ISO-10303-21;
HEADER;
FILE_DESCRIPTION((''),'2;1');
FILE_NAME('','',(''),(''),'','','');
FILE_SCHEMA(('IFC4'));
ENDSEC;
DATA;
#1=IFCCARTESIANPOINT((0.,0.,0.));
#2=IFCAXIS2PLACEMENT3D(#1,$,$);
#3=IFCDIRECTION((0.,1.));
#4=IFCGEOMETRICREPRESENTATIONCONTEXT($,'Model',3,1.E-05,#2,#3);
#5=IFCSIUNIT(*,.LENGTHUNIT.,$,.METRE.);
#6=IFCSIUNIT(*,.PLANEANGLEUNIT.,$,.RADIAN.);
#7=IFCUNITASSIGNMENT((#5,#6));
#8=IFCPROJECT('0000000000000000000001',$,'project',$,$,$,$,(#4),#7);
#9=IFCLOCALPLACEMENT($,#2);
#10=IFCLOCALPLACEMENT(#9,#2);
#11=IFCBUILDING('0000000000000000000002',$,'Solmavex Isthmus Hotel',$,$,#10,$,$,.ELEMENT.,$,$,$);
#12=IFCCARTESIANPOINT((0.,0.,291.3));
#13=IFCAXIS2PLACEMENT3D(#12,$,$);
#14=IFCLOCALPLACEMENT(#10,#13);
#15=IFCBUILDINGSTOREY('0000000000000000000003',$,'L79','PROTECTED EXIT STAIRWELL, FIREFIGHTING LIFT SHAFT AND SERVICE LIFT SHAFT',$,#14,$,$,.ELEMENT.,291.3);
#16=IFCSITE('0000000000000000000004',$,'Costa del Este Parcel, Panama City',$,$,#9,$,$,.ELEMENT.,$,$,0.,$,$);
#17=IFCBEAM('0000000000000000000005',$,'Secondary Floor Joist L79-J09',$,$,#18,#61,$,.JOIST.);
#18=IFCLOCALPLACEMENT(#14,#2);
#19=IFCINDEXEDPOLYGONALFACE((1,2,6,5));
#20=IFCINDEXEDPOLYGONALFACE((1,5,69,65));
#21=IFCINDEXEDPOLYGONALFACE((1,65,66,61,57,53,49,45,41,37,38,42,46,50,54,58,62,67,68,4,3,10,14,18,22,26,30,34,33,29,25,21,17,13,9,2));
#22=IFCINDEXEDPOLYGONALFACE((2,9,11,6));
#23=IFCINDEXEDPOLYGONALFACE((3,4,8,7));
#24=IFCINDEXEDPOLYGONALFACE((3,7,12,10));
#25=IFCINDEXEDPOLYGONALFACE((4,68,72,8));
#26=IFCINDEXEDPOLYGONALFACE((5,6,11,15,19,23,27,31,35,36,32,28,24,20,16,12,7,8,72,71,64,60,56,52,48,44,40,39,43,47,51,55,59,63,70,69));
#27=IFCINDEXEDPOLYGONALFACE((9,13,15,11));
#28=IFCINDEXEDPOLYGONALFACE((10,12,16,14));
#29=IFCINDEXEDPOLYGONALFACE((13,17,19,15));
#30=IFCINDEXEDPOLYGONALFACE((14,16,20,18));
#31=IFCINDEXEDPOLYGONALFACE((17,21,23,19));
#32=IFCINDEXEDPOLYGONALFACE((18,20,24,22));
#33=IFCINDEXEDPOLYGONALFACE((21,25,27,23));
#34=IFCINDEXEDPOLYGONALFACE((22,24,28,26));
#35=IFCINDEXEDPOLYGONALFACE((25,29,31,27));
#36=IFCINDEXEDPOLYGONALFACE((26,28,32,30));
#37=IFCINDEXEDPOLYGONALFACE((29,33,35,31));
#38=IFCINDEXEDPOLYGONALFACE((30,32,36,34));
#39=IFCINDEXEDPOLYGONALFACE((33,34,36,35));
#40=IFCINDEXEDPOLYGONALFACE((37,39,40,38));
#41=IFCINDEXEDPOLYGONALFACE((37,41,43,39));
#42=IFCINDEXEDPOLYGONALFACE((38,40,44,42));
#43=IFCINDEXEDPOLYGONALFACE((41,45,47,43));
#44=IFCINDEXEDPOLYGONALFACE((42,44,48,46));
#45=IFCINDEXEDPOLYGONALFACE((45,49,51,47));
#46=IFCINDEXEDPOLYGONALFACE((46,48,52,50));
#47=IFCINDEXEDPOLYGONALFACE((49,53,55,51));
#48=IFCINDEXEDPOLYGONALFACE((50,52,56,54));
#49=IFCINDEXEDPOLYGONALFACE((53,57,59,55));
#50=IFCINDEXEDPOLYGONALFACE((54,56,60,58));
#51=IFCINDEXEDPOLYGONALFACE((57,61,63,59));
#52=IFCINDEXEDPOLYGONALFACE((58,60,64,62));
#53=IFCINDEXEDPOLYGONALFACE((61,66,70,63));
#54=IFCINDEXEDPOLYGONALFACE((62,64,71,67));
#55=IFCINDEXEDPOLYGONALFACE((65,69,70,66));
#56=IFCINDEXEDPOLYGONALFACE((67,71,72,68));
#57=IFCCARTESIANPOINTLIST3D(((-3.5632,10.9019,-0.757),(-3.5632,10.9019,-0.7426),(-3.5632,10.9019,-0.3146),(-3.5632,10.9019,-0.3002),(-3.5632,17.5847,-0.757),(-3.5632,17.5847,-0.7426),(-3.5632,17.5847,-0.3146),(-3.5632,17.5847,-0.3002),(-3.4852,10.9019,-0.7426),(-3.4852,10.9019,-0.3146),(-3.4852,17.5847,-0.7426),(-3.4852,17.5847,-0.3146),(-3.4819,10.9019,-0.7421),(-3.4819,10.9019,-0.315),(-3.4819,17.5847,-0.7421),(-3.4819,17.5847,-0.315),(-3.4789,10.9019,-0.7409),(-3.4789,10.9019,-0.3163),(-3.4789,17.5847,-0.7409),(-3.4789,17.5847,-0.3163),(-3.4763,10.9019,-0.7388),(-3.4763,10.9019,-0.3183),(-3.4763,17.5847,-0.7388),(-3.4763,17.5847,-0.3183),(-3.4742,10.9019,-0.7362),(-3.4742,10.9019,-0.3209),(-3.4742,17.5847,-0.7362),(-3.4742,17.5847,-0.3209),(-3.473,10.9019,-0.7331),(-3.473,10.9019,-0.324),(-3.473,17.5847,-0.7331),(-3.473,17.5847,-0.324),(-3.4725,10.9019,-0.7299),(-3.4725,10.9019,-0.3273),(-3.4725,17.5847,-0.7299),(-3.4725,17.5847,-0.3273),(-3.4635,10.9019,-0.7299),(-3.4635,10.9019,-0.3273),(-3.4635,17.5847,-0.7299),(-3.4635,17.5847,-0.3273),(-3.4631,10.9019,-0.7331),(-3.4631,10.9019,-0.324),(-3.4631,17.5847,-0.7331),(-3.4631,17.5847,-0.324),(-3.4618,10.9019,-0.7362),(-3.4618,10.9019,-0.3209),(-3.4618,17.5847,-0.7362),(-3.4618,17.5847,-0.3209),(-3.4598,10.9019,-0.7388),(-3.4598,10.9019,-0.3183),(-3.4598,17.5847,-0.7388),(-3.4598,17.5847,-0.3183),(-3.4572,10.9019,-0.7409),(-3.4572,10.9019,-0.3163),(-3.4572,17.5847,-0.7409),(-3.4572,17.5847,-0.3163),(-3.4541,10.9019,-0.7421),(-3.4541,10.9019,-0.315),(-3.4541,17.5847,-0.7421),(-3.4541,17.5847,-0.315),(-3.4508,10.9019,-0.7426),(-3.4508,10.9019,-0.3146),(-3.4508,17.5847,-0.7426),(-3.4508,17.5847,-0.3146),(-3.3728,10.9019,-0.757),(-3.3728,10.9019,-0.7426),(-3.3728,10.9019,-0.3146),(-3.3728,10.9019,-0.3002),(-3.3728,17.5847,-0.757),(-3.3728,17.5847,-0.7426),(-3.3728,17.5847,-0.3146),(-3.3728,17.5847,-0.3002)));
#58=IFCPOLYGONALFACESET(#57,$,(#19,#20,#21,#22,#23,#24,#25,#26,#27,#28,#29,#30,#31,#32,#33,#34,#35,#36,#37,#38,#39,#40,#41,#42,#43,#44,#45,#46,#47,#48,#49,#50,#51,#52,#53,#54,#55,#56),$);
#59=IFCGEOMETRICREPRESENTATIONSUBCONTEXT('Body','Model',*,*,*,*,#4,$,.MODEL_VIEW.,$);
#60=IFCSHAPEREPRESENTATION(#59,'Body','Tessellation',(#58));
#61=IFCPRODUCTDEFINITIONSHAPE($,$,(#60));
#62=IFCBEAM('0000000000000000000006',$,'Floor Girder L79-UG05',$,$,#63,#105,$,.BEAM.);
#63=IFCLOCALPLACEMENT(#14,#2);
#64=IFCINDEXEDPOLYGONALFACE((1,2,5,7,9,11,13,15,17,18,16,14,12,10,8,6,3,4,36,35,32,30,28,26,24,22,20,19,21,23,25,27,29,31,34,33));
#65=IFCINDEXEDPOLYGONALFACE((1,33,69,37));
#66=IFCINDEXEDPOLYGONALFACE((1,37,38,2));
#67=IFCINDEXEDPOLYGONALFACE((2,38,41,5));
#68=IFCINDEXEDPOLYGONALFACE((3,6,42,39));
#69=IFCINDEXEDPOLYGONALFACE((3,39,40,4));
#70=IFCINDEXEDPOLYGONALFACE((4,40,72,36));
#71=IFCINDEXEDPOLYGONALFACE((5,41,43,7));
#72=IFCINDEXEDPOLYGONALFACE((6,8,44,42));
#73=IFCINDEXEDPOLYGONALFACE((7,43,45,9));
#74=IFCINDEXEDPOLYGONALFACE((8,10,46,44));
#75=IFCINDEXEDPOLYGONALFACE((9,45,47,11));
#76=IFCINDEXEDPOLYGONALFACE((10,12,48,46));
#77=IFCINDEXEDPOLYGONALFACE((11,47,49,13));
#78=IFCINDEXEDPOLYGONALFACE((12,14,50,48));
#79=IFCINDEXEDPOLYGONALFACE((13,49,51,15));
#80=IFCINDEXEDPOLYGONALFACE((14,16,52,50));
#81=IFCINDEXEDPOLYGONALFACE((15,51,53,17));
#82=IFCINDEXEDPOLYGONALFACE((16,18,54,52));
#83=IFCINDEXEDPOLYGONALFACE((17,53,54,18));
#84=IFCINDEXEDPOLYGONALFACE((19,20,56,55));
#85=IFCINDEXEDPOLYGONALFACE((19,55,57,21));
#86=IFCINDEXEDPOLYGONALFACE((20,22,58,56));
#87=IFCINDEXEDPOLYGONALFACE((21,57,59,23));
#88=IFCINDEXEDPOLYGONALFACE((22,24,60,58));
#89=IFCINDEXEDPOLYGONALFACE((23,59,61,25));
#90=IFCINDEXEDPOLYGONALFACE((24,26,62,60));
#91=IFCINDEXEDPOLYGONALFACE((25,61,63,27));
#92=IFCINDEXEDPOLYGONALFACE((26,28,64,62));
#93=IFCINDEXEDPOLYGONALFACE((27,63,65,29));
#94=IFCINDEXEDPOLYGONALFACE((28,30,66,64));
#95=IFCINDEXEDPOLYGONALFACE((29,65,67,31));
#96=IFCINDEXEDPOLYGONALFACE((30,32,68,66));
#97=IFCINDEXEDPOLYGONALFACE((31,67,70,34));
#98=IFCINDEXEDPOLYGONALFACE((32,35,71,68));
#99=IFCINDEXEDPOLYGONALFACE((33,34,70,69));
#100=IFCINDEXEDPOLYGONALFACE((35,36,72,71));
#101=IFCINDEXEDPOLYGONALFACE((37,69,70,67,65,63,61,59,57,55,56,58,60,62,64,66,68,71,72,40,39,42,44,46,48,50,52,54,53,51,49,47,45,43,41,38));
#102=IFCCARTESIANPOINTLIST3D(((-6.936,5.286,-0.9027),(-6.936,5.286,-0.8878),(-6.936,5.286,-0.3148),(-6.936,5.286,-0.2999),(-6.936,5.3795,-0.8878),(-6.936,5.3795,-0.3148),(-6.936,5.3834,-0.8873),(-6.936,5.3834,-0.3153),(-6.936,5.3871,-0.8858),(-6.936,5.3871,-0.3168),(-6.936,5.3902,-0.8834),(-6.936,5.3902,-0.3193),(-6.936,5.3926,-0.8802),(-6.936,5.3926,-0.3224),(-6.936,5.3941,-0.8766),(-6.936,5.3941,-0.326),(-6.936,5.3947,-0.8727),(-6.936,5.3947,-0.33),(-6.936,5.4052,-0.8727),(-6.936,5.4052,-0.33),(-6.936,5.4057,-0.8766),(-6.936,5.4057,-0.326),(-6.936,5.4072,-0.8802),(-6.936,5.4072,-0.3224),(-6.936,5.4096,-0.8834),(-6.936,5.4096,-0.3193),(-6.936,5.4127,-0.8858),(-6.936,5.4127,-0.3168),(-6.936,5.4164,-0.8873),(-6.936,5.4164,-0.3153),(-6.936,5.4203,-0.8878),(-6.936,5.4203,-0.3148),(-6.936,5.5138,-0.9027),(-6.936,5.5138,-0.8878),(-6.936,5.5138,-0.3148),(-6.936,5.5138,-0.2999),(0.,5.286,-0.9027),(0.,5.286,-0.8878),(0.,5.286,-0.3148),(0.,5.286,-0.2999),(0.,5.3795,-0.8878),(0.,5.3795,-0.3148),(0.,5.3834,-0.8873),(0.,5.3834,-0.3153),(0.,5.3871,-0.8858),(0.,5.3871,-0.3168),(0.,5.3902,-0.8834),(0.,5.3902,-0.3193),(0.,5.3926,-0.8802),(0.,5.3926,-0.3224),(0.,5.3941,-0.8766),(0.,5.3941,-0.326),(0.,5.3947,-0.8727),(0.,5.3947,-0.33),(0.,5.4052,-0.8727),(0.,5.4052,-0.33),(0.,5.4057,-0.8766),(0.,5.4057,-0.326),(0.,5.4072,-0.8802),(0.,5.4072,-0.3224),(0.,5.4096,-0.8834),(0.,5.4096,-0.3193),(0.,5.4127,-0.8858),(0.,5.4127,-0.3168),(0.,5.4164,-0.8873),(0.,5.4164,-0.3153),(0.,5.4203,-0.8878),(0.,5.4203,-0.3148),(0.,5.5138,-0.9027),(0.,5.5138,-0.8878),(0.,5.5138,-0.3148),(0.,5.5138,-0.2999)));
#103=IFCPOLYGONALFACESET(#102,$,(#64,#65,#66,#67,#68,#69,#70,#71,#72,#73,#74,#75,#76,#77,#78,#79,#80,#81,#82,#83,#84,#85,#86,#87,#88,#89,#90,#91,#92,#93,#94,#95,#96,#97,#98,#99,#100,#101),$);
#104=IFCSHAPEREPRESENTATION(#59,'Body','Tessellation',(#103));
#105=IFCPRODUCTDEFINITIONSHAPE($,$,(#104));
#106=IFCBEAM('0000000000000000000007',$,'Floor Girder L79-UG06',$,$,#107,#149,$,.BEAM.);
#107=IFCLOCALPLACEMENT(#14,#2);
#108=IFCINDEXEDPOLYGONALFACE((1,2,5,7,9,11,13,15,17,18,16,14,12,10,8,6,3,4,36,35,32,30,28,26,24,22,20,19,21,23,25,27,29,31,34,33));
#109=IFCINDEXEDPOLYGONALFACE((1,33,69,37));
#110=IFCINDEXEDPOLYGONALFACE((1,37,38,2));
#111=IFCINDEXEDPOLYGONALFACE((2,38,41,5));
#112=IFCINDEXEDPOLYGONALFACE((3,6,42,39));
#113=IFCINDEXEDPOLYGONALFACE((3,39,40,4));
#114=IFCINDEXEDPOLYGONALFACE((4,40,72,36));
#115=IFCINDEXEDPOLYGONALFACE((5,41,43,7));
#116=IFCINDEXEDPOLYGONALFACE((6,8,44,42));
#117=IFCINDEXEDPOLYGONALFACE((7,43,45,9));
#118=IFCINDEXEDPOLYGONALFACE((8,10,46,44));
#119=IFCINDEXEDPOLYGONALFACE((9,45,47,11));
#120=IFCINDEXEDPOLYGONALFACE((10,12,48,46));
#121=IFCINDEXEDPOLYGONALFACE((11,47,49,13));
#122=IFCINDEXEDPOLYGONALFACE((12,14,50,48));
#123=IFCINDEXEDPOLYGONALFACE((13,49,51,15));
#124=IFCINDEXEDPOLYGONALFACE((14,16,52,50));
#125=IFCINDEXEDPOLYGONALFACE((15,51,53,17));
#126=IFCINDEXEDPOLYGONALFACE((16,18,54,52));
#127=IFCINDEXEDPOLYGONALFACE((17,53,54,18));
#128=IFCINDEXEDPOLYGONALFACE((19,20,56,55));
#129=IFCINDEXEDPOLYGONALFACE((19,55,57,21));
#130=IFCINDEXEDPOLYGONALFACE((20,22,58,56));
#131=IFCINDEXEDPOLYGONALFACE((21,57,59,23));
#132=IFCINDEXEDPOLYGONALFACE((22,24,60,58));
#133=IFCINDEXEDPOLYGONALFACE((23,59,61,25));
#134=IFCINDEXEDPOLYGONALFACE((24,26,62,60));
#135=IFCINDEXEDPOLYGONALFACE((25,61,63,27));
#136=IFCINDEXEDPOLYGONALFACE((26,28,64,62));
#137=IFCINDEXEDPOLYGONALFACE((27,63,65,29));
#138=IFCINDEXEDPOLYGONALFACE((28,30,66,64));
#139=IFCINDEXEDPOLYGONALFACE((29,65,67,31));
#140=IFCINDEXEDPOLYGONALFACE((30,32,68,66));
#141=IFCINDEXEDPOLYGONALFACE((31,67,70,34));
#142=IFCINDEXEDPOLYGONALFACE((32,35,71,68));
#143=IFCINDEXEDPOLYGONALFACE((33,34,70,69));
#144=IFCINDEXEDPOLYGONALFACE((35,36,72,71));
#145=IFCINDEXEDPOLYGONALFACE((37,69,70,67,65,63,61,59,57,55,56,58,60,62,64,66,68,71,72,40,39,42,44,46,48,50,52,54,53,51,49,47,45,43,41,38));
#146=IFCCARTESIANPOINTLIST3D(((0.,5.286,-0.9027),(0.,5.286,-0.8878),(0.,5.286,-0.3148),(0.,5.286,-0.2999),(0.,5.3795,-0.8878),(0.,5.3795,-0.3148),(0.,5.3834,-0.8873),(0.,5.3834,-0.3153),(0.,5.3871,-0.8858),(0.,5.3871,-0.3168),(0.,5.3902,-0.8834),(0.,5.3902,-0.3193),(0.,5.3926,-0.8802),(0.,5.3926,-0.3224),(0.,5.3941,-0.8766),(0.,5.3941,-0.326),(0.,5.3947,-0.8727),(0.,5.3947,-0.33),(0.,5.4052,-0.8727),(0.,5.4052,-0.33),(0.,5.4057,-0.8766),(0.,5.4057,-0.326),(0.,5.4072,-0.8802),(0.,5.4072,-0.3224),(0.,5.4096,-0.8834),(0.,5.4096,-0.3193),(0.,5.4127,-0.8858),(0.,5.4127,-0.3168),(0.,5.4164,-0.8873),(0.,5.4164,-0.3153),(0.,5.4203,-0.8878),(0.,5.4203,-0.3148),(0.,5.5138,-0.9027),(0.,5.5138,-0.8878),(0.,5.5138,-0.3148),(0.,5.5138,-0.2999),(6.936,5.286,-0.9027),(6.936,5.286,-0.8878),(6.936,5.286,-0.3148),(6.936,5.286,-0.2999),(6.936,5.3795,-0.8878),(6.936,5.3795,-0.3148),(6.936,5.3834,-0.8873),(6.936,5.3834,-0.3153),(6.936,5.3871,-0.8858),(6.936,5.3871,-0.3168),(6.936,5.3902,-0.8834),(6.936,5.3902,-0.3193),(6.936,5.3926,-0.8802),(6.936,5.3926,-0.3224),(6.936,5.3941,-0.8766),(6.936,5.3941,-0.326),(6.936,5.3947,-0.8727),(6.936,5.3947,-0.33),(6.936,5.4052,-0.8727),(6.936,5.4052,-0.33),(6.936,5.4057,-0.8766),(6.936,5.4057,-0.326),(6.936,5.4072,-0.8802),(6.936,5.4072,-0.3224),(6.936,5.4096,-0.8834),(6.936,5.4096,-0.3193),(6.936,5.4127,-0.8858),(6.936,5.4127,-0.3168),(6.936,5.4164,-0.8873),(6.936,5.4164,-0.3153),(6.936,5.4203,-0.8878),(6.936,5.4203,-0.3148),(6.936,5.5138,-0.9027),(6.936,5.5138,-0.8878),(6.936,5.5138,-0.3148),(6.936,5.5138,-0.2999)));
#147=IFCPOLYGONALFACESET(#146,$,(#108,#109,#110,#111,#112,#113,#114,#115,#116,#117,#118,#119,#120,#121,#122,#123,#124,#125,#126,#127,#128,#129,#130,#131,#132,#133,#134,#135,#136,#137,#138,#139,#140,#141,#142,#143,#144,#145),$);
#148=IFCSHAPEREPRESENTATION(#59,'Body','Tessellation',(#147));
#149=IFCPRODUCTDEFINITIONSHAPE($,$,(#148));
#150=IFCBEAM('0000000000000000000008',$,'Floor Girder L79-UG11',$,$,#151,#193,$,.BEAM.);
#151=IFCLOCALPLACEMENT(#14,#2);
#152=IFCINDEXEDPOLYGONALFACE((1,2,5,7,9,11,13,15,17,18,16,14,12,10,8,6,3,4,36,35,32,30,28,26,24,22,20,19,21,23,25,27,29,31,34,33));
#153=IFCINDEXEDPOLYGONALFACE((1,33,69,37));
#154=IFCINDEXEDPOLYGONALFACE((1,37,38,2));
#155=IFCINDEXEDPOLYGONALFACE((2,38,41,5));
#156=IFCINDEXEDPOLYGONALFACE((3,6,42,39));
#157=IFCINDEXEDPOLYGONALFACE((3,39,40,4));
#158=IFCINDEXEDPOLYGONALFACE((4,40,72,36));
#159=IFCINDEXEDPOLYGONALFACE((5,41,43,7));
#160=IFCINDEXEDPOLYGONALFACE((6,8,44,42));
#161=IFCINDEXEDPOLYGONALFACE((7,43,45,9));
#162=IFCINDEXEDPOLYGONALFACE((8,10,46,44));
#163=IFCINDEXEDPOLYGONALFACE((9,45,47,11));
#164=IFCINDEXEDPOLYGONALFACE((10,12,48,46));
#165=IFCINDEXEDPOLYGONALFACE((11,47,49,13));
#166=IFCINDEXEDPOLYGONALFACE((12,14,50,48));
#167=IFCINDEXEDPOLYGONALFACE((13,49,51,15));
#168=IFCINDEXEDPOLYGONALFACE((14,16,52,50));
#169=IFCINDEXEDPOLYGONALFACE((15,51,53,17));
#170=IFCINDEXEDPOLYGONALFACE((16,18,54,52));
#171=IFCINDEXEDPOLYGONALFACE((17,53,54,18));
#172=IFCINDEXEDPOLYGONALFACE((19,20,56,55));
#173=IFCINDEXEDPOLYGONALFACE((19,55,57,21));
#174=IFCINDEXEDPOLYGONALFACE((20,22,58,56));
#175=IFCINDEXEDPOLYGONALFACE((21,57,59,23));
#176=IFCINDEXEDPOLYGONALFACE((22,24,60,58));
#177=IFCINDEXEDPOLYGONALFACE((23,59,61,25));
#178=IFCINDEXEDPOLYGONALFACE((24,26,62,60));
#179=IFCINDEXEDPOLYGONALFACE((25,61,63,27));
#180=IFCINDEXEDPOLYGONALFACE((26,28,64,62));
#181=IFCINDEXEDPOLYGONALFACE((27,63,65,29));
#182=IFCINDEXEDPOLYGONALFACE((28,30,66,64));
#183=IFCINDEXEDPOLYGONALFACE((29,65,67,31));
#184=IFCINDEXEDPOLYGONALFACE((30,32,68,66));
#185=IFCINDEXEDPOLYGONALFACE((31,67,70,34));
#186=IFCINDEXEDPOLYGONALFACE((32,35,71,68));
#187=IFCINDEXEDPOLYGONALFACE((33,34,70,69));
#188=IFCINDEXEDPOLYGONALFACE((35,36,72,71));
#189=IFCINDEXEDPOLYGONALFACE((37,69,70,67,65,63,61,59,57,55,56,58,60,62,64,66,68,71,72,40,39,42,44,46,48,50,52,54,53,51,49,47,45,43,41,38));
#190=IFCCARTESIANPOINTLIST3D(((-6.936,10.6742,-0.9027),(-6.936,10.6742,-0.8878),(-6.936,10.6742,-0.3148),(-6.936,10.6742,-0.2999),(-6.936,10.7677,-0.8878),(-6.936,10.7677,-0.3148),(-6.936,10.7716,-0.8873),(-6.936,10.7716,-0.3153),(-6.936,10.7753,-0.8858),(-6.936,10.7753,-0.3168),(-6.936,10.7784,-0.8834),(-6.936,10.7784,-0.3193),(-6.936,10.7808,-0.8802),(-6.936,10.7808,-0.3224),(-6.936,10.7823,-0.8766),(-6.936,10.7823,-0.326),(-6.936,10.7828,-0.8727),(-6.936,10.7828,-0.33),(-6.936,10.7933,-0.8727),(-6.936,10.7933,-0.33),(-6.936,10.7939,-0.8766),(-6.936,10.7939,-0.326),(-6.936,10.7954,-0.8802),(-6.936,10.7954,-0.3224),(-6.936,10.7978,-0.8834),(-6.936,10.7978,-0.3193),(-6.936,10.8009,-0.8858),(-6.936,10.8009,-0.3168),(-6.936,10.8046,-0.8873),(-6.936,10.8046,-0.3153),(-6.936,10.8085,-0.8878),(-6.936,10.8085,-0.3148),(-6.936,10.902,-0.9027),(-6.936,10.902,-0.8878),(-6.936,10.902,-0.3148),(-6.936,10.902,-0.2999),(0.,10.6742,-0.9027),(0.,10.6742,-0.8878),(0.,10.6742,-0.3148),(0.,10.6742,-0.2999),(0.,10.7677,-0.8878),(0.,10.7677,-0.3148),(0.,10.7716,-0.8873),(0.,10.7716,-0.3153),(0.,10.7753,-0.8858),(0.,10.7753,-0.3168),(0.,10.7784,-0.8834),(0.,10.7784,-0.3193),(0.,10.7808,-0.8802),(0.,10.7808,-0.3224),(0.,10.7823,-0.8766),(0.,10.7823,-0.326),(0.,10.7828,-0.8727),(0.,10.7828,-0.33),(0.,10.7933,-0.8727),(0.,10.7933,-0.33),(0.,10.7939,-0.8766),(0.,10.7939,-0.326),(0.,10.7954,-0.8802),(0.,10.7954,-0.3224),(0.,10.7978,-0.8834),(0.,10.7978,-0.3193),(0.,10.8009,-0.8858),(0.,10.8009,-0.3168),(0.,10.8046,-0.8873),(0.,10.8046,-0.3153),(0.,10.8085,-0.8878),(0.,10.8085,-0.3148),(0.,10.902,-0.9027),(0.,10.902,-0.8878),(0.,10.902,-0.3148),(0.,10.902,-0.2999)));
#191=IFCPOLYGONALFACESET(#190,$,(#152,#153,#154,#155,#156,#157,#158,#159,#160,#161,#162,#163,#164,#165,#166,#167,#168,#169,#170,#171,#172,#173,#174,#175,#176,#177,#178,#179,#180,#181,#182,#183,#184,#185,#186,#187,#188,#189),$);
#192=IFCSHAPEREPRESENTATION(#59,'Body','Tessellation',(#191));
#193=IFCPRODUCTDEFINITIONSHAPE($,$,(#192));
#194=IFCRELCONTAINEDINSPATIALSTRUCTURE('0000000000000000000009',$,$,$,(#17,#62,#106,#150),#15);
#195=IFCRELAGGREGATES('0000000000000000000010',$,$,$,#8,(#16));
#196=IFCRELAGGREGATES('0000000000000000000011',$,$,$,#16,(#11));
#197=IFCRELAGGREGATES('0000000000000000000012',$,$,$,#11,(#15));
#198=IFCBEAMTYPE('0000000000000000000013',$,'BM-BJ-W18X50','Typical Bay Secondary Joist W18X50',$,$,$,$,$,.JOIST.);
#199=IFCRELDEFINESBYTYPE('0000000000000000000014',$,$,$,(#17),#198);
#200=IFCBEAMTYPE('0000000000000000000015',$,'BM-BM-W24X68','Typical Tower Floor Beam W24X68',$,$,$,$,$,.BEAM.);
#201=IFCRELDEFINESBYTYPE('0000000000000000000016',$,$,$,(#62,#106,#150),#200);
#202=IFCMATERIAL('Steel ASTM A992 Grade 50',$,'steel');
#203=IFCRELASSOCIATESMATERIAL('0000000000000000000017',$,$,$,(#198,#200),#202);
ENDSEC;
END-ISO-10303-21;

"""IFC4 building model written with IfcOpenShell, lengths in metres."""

from ifc_helpers import new_model, si_unit, direction, frame, origin, origin_2d, place, context, subcontext, project, spatial, i_section, extrude, material, material_profile, profile_set, type_object, element, save


model = new_model("IFC4")

# Units and contexts
model_context = context("Model", 3, precision=1e-05, world=origin(), true_north=direction((0.0, 1.0)))
body_context = subcontext(model_context, "Body", "Model", "MODEL_VIEW")
ifc_project = project(units=[si_unit("LENGTHUNIT", "METRE"), si_unit("PLANEANGLEUNIT", "RADIAN")], contexts=[model_context])

# Site, building, storey
site_placement = place(None, origin())
site = spatial("IfcSite", under=ifc_project, at=site_placement, Name="Costa del Este Parcel, Panama City", CompositionType="ELEMENT", RefElevation=0.0)
building_placement = place(site_placement, origin())
building = spatial("IfcBuilding", under=site, at=building_placement, Name="Solmavex Isthmus Hotel", CompositionType="ELEMENT")
storey_placement = place(building_placement, frame((0.0, 0.0, 291.3)))
storey = spatial("IfcBuildingStorey", under=building, at=storey_placement, Name="L79", Description="PROTECTED EXIT STAIRWELL, FIREFIGHTING LIFT SHAFT AND SERVICE LIFT SHAFT", CompositionType="ELEMENT", Elevation=291.3)

# Beams
ifc_material_1 = material(Name="Steel ASTM A992 Grade 50", Category="steel")
ifc_material_profile_1 = material_profile(ifc_material_1, i_section(OverallWidth=0.1904, OverallDepth=0.4568, WebThickness=0.009, FlangeThickness=0.0144, FilletRadius=0.0127, at=origin_2d()), Name="W18X50")
ifc_profile_set_1 = profile_set([ifc_material_profile_1], Name="Steel ASTM A992 Grade 50")
beam_type_1 = type_object("IfcBeamType", Name="BM-BJ-W18X50", Description="Typical Bay Secondary Joist W18X50", PredefinedType="JOIST", material=ifc_profile_set_1)
beam_1_placement = place(storey_placement, frame((-3.468, 10.9019, -0.5286), z_axis=(0.0, 1.0, 0.0), x_axis=(-1.0, 0.0, 0.0)))
element("IfcBeam", 1, at=beam_1_placement, inside=storey, type_object=beam_type_1, Name="Secondary Floor Joist L79-J09", PredefinedType="JOIST", context=body_context, shape_type="SweptSolid", body=[
    extrude(i_section(OverallWidth=0.1904, OverallDepth=0.4568, WebThickness=0.009, FlangeThickness=0.0144, FilletRadius=0.0127, at=origin_2d()), origin(), (0.0, 0.0, 1.0), 6.6829),
])
ifc_material_profile_2 = material_profile(ifc_material_1, i_section(OverallWidth=0.2278, OverallDepth=0.6028, WebThickness=0.0105, FlangeThickness=0.0149, FilletRadius=0.0151, at=origin_2d()), Name="W24X68")
ifc_profile_set_2 = profile_set([ifc_material_profile_2], Name="Steel ASTM A992 Grade 50")
beam_type_2 = type_object("IfcBeamType", Name="BM-BM-W24X68", Description="Typical Tower Floor Beam W24X68", PredefinedType="BEAM", material=ifc_profile_set_2)
for number, where, z_axis, x_axis, name in (
    (2, (-6.936, 5.3999, -0.6013), (1.0, 0.0, 0.0), (0.0, 1.0, 0.0), "Floor Girder L79-UG05"),
    (3, (0.0, 5.3999, -0.6013), (1.0, 0.0, 0.0), (0.0, 1.0, 0.0), "Floor Girder L79-UG06"),
    (4, (-6.936, 10.7881, -0.6013), (1.0, 0.0, 0.0), (0.0, 1.0, 0.0), "Floor Girder L79-UG11"),
):
    element("IfcBeam", number, at=place(storey_placement, frame(where, z_axis=z_axis, x_axis=x_axis)), inside=storey, type_object=beam_type_2, Name=name, PredefinedType="BEAM", context=body_context, shape_type="SweptSolid", body=[
        extrude(i_section(OverallWidth=0.2278, OverallDepth=0.6028, WebThickness=0.0105, FlangeThickness=0.0149, FilletRadius=0.0151, at=origin_2d()), origin(), (0.0, 0.0, 1.0), 6.936),
    ])

save(model, "model.ifc")
